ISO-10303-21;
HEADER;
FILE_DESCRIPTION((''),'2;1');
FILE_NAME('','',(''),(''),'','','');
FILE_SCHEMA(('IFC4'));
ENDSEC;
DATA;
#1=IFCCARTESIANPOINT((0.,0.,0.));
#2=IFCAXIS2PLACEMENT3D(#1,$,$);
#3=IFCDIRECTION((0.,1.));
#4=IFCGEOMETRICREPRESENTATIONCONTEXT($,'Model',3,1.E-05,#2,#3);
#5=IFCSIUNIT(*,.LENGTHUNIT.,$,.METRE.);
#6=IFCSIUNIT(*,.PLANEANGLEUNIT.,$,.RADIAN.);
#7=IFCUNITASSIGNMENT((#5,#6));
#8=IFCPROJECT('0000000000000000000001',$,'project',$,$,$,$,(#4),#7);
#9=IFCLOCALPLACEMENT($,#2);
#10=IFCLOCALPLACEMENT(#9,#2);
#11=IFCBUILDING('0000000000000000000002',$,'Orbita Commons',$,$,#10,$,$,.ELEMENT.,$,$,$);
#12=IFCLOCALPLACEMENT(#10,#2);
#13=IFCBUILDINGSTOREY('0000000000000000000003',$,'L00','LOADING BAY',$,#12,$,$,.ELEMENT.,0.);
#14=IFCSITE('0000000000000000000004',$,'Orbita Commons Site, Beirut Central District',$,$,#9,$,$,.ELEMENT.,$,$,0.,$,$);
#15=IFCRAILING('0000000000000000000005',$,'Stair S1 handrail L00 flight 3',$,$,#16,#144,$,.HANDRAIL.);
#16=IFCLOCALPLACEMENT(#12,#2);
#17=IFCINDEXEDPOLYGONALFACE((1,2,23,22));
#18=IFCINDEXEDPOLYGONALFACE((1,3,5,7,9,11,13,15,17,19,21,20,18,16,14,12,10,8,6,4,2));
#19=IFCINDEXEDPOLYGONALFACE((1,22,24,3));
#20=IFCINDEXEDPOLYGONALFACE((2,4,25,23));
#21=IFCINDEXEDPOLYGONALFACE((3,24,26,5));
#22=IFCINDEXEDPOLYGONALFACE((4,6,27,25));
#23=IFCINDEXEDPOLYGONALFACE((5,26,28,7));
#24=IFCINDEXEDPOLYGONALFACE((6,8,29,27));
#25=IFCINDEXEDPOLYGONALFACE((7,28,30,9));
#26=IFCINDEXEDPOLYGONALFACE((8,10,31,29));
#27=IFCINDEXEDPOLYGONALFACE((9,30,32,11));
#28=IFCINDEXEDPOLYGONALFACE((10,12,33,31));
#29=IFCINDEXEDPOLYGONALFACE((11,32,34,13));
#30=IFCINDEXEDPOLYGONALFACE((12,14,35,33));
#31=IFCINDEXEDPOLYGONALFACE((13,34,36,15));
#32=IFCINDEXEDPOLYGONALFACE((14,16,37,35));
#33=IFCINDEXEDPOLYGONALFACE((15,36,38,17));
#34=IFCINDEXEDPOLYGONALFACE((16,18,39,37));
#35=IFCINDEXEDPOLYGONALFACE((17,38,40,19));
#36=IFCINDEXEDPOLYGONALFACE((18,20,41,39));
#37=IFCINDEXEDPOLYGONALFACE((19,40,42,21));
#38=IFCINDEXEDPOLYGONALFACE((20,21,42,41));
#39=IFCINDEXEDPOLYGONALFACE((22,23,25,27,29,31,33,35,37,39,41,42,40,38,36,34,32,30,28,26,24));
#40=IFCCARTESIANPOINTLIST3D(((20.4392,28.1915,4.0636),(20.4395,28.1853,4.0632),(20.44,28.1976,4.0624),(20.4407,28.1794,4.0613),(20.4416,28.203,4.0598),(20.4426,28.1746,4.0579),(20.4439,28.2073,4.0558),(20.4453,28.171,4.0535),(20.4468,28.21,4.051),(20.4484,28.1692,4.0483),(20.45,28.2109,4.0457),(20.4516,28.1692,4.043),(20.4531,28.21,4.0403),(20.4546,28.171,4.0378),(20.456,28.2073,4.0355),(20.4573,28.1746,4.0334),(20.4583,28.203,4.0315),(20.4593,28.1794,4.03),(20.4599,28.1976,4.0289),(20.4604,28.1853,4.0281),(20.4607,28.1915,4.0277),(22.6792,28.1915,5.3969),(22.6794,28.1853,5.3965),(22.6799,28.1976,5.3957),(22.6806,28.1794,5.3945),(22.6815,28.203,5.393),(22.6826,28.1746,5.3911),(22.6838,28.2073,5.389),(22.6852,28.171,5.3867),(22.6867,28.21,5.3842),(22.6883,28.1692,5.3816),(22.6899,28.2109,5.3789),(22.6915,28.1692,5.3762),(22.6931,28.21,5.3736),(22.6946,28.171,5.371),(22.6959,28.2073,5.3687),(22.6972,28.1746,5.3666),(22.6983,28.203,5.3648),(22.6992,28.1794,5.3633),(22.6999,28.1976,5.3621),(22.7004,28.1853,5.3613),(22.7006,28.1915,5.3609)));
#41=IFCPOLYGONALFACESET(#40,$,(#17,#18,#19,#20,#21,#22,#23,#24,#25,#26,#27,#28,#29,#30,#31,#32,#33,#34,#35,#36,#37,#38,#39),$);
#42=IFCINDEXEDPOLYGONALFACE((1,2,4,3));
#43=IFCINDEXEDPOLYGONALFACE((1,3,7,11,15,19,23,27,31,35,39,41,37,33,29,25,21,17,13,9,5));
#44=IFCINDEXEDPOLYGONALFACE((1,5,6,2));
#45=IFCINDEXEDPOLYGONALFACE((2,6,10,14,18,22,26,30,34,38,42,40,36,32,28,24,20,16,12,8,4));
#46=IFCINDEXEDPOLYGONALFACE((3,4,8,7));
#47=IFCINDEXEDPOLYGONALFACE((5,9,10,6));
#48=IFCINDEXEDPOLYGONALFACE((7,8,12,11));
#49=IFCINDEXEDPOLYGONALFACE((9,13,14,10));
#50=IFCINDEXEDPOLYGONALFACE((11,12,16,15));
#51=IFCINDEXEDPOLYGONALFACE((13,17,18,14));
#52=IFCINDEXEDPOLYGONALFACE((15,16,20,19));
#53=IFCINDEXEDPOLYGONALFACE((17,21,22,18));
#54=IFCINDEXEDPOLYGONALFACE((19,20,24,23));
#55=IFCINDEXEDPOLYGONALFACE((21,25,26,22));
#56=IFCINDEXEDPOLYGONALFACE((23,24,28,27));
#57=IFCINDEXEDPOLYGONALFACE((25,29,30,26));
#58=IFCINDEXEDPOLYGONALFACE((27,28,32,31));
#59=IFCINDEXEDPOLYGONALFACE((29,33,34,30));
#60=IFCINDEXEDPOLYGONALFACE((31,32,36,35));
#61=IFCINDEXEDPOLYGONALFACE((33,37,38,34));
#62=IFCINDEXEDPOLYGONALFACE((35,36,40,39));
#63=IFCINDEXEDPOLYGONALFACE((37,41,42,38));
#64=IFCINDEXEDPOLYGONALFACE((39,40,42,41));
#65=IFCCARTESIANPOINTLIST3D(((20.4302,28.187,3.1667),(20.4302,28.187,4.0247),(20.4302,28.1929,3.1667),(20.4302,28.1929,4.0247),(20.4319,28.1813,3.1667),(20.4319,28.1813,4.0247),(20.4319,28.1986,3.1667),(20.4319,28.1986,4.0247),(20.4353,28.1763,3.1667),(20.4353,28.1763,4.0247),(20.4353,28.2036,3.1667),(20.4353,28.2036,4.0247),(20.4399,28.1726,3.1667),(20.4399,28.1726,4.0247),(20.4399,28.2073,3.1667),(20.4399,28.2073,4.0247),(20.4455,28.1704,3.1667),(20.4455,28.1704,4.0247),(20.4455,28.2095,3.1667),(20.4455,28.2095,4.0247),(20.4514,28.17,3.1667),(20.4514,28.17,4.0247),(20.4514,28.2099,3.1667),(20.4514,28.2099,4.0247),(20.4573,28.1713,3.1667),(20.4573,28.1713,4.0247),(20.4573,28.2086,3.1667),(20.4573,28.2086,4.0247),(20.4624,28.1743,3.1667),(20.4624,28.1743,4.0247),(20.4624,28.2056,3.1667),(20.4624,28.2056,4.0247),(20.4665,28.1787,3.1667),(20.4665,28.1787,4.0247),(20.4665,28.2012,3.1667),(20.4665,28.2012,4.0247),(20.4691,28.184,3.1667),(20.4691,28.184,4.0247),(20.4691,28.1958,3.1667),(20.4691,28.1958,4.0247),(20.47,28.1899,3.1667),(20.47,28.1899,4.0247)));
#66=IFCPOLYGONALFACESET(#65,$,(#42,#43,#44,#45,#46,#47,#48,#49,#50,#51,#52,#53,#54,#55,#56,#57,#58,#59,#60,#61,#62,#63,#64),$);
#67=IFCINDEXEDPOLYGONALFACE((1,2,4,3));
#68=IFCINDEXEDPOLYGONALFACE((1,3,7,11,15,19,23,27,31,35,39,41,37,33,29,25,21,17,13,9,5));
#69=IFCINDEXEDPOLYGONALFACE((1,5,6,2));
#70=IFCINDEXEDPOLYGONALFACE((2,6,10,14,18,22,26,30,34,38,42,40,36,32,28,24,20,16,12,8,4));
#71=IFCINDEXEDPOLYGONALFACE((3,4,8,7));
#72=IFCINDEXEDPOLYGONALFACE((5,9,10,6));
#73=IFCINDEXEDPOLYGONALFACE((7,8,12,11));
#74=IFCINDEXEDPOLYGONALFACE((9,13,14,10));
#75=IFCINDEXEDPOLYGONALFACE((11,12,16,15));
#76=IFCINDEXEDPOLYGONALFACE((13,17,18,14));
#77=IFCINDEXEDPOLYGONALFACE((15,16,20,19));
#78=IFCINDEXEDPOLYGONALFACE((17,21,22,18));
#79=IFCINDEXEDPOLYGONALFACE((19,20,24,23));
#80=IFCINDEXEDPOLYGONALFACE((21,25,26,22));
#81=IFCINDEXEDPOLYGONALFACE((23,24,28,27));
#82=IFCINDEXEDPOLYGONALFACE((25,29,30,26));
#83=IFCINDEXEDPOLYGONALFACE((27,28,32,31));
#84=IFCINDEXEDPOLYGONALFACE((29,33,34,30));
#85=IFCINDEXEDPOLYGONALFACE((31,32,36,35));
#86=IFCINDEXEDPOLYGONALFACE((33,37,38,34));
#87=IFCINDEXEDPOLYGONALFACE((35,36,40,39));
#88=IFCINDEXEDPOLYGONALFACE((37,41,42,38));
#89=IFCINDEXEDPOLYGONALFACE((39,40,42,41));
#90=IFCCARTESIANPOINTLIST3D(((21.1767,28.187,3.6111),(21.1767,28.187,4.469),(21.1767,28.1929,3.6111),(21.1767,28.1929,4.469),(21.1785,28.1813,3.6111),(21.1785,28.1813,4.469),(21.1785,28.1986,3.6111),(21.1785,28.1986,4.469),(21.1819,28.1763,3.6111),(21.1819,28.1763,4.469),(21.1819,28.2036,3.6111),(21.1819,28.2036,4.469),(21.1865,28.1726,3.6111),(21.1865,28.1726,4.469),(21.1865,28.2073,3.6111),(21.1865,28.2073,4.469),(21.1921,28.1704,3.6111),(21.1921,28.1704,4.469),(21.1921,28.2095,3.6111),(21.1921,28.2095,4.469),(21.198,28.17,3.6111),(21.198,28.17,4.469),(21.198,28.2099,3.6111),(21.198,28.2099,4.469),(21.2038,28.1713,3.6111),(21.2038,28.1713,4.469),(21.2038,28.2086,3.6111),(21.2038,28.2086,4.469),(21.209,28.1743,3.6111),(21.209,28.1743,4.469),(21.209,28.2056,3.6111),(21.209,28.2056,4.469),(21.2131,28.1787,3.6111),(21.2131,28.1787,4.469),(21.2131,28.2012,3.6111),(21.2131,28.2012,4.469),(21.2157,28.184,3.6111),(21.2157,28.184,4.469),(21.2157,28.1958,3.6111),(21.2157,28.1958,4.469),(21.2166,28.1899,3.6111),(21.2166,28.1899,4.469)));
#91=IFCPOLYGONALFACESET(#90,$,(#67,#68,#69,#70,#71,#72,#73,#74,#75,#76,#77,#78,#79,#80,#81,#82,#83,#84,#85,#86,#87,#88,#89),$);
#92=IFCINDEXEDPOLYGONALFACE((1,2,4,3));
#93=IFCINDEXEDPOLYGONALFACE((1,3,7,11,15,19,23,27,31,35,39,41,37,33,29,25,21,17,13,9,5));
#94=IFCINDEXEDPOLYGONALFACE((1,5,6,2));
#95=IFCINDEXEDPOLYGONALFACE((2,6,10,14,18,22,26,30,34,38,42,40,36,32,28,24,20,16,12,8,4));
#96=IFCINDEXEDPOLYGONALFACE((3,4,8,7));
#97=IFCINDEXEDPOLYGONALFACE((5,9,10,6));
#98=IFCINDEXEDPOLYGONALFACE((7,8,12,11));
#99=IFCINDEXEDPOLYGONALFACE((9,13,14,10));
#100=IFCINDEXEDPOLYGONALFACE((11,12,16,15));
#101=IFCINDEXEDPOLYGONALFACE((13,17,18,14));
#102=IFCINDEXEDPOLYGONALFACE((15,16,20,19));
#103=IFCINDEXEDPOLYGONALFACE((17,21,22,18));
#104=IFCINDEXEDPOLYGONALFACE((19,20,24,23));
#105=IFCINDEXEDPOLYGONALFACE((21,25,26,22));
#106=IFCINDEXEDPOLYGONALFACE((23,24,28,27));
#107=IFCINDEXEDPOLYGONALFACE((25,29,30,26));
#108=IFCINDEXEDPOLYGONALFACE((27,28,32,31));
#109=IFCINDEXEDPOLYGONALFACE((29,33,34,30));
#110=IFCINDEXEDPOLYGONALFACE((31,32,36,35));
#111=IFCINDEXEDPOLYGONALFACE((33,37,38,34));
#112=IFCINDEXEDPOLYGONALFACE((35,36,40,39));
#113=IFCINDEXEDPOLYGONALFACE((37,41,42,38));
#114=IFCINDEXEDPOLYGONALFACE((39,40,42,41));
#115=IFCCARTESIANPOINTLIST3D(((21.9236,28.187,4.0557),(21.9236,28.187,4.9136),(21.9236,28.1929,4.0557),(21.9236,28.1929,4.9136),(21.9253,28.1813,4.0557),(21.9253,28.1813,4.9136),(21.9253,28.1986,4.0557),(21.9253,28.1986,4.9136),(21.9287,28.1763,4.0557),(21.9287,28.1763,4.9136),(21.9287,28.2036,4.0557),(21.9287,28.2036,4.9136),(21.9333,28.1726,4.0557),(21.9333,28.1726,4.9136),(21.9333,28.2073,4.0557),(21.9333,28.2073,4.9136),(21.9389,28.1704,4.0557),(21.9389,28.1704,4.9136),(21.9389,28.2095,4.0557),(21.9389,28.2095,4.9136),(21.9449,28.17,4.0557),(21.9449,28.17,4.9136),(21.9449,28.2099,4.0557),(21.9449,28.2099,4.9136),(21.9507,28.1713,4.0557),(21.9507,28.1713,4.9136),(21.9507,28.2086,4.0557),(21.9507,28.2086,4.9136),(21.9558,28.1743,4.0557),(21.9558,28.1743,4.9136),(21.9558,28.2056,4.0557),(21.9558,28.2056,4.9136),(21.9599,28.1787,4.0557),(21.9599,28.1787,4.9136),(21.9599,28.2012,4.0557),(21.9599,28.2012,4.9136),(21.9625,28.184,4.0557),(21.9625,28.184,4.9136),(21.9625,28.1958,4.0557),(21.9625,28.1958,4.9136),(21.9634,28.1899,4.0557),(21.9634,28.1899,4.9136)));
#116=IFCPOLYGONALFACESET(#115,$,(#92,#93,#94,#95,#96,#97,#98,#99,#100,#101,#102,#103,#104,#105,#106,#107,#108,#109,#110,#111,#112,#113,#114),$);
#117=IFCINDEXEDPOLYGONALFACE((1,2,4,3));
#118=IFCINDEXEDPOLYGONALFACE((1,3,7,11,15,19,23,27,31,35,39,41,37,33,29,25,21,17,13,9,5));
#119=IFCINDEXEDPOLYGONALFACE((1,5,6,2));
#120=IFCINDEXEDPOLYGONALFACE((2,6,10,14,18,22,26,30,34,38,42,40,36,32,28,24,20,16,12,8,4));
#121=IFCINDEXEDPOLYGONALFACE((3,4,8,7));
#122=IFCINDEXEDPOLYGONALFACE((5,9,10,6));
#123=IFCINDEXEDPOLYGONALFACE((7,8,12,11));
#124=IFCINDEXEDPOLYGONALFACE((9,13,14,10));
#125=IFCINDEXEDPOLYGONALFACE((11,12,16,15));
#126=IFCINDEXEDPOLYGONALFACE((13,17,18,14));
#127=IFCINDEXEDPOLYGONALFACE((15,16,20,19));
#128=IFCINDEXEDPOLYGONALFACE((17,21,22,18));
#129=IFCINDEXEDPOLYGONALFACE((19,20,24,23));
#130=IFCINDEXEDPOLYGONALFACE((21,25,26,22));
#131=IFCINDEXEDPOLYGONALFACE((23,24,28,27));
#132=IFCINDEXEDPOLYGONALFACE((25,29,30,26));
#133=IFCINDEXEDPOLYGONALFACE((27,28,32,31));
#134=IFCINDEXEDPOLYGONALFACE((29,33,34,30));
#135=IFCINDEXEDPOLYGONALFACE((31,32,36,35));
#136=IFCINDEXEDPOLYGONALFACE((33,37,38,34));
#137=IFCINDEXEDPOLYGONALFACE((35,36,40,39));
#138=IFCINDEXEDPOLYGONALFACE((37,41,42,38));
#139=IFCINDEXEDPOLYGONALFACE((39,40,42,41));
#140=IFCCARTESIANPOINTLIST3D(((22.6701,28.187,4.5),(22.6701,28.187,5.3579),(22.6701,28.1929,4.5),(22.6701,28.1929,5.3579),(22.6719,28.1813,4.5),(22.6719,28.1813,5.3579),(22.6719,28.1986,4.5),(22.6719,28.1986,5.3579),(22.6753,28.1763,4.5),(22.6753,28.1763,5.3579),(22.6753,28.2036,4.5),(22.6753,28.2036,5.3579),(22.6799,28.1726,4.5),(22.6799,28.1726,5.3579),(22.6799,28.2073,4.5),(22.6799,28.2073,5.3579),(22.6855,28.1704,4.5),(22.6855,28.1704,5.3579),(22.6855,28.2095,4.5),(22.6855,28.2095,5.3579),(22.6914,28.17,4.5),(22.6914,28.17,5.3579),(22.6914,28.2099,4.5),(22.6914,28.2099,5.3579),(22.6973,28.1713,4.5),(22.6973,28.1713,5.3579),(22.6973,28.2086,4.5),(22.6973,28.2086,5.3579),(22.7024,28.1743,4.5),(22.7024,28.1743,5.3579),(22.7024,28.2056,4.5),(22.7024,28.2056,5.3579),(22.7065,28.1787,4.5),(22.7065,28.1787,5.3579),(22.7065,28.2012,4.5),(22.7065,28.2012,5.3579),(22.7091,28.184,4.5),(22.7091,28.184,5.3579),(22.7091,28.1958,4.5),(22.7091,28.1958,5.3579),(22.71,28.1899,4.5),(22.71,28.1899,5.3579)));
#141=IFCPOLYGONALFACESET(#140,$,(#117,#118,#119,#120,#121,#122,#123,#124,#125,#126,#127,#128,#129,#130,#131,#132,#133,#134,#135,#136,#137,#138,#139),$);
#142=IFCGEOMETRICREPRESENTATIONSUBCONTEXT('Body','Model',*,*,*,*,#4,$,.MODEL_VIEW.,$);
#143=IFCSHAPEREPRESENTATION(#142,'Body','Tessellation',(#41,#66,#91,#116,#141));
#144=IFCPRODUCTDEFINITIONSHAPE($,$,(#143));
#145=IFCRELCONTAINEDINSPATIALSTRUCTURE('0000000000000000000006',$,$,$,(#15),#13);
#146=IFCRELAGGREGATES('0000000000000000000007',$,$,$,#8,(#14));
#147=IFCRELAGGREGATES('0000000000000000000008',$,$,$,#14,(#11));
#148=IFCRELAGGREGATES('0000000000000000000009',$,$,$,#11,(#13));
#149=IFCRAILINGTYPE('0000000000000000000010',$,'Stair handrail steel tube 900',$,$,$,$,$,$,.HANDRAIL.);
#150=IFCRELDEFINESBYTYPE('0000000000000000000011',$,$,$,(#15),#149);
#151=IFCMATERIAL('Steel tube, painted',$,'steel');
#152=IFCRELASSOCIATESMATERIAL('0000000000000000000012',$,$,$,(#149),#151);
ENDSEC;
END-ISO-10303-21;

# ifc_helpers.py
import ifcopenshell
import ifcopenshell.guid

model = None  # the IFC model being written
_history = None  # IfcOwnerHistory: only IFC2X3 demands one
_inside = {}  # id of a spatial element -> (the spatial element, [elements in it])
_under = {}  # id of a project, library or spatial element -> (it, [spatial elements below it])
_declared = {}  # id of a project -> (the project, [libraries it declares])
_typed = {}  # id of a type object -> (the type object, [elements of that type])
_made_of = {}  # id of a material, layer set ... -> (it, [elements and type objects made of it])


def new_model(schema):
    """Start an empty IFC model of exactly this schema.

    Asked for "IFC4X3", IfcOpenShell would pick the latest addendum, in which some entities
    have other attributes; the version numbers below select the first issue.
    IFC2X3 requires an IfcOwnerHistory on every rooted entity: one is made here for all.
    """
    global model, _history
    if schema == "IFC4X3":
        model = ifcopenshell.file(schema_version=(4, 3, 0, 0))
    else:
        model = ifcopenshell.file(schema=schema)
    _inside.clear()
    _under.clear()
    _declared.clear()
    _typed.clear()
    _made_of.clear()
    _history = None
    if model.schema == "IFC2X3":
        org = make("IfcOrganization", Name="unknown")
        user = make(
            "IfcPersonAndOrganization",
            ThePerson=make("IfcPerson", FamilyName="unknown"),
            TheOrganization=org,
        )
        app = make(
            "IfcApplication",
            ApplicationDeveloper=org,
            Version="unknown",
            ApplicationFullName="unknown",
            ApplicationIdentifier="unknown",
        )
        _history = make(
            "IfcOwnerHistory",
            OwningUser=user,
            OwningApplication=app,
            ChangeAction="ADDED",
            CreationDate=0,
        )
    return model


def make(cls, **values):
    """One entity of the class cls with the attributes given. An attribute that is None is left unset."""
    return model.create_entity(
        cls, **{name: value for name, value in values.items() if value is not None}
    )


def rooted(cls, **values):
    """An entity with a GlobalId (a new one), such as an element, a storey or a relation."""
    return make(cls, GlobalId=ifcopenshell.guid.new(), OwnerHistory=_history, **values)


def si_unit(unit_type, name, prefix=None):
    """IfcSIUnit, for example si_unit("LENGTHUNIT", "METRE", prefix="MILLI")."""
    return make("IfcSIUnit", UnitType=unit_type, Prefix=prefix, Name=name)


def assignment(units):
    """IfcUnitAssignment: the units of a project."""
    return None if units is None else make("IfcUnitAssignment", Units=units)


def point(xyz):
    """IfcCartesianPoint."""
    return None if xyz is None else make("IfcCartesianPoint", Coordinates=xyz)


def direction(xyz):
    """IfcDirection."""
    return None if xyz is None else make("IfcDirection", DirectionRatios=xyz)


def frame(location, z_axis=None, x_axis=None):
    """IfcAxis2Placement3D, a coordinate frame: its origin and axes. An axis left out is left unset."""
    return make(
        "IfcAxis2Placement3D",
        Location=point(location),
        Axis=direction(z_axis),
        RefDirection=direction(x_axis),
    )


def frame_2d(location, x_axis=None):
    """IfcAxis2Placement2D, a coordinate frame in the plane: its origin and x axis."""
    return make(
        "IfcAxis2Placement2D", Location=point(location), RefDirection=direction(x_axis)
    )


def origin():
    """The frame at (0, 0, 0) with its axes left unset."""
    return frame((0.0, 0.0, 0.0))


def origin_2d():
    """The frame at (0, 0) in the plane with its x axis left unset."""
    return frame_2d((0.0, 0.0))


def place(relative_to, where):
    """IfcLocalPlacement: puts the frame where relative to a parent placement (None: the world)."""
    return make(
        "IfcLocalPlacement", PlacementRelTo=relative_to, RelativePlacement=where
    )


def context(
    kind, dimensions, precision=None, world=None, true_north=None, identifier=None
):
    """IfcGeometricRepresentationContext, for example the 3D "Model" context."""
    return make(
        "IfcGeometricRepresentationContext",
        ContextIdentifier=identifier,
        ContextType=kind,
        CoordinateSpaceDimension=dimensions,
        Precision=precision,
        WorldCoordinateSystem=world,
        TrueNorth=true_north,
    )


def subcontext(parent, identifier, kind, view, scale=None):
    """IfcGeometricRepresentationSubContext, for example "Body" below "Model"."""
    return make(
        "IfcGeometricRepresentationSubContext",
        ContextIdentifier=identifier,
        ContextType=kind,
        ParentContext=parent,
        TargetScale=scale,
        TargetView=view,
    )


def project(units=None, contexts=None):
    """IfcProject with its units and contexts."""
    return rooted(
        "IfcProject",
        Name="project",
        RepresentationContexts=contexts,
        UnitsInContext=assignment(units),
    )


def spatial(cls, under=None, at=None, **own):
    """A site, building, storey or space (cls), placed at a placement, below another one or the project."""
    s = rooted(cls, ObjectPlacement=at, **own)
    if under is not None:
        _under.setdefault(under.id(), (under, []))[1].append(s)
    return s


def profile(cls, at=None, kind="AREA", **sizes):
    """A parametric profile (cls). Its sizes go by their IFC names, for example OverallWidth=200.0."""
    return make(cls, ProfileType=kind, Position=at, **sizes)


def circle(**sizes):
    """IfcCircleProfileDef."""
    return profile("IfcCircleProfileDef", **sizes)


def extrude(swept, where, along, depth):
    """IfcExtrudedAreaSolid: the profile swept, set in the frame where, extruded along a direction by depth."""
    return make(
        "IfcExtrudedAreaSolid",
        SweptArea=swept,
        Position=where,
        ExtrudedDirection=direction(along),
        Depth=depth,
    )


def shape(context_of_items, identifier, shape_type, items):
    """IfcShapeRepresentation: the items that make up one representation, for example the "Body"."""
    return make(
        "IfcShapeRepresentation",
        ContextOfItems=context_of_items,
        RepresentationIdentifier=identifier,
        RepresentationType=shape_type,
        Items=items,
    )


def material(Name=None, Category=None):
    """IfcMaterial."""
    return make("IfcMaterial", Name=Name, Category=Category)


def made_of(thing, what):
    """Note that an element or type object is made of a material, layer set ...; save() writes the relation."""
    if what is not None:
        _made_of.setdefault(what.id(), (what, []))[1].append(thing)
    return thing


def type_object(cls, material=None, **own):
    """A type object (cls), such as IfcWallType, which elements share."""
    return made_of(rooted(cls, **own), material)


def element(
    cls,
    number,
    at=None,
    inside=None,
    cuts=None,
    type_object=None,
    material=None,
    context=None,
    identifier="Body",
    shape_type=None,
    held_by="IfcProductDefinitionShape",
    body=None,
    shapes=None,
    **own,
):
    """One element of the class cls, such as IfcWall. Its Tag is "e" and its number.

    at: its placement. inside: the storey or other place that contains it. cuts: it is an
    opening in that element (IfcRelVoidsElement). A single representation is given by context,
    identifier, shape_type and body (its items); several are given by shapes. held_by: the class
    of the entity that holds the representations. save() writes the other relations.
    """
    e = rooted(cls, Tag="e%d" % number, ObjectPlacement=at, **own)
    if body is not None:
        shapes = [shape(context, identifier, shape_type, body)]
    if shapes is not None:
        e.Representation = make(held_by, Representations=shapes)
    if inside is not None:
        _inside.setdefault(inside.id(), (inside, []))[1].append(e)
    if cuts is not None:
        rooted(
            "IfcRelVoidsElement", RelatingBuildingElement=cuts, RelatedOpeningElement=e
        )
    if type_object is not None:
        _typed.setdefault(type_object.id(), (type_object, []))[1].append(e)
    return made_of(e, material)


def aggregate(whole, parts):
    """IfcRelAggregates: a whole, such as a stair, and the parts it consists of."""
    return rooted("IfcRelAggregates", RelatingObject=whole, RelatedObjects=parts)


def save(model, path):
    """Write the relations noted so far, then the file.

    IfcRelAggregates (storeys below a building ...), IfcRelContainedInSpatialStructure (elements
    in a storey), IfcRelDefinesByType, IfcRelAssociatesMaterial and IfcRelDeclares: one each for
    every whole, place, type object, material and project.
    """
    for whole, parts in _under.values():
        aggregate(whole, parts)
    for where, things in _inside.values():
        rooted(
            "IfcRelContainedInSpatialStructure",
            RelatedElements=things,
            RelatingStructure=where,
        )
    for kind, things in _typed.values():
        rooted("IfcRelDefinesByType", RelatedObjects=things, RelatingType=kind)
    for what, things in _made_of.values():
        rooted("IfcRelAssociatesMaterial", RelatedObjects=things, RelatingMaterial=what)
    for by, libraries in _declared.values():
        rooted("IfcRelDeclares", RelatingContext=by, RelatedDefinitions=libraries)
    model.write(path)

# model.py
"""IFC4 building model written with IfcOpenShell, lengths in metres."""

from ifc_helpers import new_model, si_unit, direction, frame, origin, origin_2d, place, context, subcontext, project, spatial, circle, extrude, material, type_object, element, save


model = new_model("IFC4")

# Units and contexts
model_context = context("Model", 3, precision=1e-05, world=origin(), true_north=direction((0.0, 1.0)))
body_context = subcontext(model_context, "Body", "Model", "MODEL_VIEW")
ifc_project = project(units=[si_unit("LENGTHUNIT", "METRE"), si_unit("PLANEANGLEUNIT", "RADIAN")], contexts=[model_context])

# Site, building, storey
site_placement = place(None, origin())
site = spatial("IfcSite", under=ifc_project, at=site_placement, Name="Orbita Commons Site, Beirut Central District", CompositionType="ELEMENT", RefElevation=0.0)
building_placement = place(site_placement, origin())
building = spatial("IfcBuilding", under=site, at=building_placement, Name="Orbita Commons", CompositionType="ELEMENT")
storey_placement = place(building_placement, origin())
storey = spatial("IfcBuildingStorey", under=building, at=storey_placement, Name="L00", Description="LOADING BAY", CompositionType="ELEMENT", Elevation=0.0)

# Railing
ifc_material_1 = material(Name="Steel tube, painted", Category="steel")
railing_type = type_object("IfcRailingType", Name="Stair handrail steel tube 900", PredefinedType="HANDRAIL", material=ifc_material_1)
railing_placement = place(storey_placement, frame((20.45, 28.1899, 3.1667)))
element("IfcRailing", 1, at=railing_placement, inside=storey, type_object=railing_type, Name="Stair S1 handrail L00 flight 3", PredefinedType="HANDRAIL", context=body_context, shape_type="SweptSolid", body=[
    extrude(circle(Radius=0.021, at=origin_2d()), frame((0.0, 0.0, 0.8789), z_axis=(0.859306, 0.0, 0.511462), x_axis=(0.0, 1.0, 0.0)), (0.0, 0.0, 1.0), 2.6067),
    extrude(circle(Radius=0.02, at=origin_2d()), origin(), (0.0, 0.0, 1.0), 0.8579),
    extrude(circle(Radius=0.02, at=origin_2d()), frame((0.7466, 0.0, 0.4443)), (0.0, 0.0, 1.0), 0.8579),
    extrude(circle(Radius=0.02, at=origin_2d()), frame((1.4934, 0.0, 0.8889)), (0.0, 0.0, 1.0), 0.8579),
    extrude(circle(Radius=0.02, at=origin_2d()), frame((2.24, 0.0, 1.3333)), (0.0, 0.0, 1.0), 0.8579),
])

save(model, "model.ifc")
